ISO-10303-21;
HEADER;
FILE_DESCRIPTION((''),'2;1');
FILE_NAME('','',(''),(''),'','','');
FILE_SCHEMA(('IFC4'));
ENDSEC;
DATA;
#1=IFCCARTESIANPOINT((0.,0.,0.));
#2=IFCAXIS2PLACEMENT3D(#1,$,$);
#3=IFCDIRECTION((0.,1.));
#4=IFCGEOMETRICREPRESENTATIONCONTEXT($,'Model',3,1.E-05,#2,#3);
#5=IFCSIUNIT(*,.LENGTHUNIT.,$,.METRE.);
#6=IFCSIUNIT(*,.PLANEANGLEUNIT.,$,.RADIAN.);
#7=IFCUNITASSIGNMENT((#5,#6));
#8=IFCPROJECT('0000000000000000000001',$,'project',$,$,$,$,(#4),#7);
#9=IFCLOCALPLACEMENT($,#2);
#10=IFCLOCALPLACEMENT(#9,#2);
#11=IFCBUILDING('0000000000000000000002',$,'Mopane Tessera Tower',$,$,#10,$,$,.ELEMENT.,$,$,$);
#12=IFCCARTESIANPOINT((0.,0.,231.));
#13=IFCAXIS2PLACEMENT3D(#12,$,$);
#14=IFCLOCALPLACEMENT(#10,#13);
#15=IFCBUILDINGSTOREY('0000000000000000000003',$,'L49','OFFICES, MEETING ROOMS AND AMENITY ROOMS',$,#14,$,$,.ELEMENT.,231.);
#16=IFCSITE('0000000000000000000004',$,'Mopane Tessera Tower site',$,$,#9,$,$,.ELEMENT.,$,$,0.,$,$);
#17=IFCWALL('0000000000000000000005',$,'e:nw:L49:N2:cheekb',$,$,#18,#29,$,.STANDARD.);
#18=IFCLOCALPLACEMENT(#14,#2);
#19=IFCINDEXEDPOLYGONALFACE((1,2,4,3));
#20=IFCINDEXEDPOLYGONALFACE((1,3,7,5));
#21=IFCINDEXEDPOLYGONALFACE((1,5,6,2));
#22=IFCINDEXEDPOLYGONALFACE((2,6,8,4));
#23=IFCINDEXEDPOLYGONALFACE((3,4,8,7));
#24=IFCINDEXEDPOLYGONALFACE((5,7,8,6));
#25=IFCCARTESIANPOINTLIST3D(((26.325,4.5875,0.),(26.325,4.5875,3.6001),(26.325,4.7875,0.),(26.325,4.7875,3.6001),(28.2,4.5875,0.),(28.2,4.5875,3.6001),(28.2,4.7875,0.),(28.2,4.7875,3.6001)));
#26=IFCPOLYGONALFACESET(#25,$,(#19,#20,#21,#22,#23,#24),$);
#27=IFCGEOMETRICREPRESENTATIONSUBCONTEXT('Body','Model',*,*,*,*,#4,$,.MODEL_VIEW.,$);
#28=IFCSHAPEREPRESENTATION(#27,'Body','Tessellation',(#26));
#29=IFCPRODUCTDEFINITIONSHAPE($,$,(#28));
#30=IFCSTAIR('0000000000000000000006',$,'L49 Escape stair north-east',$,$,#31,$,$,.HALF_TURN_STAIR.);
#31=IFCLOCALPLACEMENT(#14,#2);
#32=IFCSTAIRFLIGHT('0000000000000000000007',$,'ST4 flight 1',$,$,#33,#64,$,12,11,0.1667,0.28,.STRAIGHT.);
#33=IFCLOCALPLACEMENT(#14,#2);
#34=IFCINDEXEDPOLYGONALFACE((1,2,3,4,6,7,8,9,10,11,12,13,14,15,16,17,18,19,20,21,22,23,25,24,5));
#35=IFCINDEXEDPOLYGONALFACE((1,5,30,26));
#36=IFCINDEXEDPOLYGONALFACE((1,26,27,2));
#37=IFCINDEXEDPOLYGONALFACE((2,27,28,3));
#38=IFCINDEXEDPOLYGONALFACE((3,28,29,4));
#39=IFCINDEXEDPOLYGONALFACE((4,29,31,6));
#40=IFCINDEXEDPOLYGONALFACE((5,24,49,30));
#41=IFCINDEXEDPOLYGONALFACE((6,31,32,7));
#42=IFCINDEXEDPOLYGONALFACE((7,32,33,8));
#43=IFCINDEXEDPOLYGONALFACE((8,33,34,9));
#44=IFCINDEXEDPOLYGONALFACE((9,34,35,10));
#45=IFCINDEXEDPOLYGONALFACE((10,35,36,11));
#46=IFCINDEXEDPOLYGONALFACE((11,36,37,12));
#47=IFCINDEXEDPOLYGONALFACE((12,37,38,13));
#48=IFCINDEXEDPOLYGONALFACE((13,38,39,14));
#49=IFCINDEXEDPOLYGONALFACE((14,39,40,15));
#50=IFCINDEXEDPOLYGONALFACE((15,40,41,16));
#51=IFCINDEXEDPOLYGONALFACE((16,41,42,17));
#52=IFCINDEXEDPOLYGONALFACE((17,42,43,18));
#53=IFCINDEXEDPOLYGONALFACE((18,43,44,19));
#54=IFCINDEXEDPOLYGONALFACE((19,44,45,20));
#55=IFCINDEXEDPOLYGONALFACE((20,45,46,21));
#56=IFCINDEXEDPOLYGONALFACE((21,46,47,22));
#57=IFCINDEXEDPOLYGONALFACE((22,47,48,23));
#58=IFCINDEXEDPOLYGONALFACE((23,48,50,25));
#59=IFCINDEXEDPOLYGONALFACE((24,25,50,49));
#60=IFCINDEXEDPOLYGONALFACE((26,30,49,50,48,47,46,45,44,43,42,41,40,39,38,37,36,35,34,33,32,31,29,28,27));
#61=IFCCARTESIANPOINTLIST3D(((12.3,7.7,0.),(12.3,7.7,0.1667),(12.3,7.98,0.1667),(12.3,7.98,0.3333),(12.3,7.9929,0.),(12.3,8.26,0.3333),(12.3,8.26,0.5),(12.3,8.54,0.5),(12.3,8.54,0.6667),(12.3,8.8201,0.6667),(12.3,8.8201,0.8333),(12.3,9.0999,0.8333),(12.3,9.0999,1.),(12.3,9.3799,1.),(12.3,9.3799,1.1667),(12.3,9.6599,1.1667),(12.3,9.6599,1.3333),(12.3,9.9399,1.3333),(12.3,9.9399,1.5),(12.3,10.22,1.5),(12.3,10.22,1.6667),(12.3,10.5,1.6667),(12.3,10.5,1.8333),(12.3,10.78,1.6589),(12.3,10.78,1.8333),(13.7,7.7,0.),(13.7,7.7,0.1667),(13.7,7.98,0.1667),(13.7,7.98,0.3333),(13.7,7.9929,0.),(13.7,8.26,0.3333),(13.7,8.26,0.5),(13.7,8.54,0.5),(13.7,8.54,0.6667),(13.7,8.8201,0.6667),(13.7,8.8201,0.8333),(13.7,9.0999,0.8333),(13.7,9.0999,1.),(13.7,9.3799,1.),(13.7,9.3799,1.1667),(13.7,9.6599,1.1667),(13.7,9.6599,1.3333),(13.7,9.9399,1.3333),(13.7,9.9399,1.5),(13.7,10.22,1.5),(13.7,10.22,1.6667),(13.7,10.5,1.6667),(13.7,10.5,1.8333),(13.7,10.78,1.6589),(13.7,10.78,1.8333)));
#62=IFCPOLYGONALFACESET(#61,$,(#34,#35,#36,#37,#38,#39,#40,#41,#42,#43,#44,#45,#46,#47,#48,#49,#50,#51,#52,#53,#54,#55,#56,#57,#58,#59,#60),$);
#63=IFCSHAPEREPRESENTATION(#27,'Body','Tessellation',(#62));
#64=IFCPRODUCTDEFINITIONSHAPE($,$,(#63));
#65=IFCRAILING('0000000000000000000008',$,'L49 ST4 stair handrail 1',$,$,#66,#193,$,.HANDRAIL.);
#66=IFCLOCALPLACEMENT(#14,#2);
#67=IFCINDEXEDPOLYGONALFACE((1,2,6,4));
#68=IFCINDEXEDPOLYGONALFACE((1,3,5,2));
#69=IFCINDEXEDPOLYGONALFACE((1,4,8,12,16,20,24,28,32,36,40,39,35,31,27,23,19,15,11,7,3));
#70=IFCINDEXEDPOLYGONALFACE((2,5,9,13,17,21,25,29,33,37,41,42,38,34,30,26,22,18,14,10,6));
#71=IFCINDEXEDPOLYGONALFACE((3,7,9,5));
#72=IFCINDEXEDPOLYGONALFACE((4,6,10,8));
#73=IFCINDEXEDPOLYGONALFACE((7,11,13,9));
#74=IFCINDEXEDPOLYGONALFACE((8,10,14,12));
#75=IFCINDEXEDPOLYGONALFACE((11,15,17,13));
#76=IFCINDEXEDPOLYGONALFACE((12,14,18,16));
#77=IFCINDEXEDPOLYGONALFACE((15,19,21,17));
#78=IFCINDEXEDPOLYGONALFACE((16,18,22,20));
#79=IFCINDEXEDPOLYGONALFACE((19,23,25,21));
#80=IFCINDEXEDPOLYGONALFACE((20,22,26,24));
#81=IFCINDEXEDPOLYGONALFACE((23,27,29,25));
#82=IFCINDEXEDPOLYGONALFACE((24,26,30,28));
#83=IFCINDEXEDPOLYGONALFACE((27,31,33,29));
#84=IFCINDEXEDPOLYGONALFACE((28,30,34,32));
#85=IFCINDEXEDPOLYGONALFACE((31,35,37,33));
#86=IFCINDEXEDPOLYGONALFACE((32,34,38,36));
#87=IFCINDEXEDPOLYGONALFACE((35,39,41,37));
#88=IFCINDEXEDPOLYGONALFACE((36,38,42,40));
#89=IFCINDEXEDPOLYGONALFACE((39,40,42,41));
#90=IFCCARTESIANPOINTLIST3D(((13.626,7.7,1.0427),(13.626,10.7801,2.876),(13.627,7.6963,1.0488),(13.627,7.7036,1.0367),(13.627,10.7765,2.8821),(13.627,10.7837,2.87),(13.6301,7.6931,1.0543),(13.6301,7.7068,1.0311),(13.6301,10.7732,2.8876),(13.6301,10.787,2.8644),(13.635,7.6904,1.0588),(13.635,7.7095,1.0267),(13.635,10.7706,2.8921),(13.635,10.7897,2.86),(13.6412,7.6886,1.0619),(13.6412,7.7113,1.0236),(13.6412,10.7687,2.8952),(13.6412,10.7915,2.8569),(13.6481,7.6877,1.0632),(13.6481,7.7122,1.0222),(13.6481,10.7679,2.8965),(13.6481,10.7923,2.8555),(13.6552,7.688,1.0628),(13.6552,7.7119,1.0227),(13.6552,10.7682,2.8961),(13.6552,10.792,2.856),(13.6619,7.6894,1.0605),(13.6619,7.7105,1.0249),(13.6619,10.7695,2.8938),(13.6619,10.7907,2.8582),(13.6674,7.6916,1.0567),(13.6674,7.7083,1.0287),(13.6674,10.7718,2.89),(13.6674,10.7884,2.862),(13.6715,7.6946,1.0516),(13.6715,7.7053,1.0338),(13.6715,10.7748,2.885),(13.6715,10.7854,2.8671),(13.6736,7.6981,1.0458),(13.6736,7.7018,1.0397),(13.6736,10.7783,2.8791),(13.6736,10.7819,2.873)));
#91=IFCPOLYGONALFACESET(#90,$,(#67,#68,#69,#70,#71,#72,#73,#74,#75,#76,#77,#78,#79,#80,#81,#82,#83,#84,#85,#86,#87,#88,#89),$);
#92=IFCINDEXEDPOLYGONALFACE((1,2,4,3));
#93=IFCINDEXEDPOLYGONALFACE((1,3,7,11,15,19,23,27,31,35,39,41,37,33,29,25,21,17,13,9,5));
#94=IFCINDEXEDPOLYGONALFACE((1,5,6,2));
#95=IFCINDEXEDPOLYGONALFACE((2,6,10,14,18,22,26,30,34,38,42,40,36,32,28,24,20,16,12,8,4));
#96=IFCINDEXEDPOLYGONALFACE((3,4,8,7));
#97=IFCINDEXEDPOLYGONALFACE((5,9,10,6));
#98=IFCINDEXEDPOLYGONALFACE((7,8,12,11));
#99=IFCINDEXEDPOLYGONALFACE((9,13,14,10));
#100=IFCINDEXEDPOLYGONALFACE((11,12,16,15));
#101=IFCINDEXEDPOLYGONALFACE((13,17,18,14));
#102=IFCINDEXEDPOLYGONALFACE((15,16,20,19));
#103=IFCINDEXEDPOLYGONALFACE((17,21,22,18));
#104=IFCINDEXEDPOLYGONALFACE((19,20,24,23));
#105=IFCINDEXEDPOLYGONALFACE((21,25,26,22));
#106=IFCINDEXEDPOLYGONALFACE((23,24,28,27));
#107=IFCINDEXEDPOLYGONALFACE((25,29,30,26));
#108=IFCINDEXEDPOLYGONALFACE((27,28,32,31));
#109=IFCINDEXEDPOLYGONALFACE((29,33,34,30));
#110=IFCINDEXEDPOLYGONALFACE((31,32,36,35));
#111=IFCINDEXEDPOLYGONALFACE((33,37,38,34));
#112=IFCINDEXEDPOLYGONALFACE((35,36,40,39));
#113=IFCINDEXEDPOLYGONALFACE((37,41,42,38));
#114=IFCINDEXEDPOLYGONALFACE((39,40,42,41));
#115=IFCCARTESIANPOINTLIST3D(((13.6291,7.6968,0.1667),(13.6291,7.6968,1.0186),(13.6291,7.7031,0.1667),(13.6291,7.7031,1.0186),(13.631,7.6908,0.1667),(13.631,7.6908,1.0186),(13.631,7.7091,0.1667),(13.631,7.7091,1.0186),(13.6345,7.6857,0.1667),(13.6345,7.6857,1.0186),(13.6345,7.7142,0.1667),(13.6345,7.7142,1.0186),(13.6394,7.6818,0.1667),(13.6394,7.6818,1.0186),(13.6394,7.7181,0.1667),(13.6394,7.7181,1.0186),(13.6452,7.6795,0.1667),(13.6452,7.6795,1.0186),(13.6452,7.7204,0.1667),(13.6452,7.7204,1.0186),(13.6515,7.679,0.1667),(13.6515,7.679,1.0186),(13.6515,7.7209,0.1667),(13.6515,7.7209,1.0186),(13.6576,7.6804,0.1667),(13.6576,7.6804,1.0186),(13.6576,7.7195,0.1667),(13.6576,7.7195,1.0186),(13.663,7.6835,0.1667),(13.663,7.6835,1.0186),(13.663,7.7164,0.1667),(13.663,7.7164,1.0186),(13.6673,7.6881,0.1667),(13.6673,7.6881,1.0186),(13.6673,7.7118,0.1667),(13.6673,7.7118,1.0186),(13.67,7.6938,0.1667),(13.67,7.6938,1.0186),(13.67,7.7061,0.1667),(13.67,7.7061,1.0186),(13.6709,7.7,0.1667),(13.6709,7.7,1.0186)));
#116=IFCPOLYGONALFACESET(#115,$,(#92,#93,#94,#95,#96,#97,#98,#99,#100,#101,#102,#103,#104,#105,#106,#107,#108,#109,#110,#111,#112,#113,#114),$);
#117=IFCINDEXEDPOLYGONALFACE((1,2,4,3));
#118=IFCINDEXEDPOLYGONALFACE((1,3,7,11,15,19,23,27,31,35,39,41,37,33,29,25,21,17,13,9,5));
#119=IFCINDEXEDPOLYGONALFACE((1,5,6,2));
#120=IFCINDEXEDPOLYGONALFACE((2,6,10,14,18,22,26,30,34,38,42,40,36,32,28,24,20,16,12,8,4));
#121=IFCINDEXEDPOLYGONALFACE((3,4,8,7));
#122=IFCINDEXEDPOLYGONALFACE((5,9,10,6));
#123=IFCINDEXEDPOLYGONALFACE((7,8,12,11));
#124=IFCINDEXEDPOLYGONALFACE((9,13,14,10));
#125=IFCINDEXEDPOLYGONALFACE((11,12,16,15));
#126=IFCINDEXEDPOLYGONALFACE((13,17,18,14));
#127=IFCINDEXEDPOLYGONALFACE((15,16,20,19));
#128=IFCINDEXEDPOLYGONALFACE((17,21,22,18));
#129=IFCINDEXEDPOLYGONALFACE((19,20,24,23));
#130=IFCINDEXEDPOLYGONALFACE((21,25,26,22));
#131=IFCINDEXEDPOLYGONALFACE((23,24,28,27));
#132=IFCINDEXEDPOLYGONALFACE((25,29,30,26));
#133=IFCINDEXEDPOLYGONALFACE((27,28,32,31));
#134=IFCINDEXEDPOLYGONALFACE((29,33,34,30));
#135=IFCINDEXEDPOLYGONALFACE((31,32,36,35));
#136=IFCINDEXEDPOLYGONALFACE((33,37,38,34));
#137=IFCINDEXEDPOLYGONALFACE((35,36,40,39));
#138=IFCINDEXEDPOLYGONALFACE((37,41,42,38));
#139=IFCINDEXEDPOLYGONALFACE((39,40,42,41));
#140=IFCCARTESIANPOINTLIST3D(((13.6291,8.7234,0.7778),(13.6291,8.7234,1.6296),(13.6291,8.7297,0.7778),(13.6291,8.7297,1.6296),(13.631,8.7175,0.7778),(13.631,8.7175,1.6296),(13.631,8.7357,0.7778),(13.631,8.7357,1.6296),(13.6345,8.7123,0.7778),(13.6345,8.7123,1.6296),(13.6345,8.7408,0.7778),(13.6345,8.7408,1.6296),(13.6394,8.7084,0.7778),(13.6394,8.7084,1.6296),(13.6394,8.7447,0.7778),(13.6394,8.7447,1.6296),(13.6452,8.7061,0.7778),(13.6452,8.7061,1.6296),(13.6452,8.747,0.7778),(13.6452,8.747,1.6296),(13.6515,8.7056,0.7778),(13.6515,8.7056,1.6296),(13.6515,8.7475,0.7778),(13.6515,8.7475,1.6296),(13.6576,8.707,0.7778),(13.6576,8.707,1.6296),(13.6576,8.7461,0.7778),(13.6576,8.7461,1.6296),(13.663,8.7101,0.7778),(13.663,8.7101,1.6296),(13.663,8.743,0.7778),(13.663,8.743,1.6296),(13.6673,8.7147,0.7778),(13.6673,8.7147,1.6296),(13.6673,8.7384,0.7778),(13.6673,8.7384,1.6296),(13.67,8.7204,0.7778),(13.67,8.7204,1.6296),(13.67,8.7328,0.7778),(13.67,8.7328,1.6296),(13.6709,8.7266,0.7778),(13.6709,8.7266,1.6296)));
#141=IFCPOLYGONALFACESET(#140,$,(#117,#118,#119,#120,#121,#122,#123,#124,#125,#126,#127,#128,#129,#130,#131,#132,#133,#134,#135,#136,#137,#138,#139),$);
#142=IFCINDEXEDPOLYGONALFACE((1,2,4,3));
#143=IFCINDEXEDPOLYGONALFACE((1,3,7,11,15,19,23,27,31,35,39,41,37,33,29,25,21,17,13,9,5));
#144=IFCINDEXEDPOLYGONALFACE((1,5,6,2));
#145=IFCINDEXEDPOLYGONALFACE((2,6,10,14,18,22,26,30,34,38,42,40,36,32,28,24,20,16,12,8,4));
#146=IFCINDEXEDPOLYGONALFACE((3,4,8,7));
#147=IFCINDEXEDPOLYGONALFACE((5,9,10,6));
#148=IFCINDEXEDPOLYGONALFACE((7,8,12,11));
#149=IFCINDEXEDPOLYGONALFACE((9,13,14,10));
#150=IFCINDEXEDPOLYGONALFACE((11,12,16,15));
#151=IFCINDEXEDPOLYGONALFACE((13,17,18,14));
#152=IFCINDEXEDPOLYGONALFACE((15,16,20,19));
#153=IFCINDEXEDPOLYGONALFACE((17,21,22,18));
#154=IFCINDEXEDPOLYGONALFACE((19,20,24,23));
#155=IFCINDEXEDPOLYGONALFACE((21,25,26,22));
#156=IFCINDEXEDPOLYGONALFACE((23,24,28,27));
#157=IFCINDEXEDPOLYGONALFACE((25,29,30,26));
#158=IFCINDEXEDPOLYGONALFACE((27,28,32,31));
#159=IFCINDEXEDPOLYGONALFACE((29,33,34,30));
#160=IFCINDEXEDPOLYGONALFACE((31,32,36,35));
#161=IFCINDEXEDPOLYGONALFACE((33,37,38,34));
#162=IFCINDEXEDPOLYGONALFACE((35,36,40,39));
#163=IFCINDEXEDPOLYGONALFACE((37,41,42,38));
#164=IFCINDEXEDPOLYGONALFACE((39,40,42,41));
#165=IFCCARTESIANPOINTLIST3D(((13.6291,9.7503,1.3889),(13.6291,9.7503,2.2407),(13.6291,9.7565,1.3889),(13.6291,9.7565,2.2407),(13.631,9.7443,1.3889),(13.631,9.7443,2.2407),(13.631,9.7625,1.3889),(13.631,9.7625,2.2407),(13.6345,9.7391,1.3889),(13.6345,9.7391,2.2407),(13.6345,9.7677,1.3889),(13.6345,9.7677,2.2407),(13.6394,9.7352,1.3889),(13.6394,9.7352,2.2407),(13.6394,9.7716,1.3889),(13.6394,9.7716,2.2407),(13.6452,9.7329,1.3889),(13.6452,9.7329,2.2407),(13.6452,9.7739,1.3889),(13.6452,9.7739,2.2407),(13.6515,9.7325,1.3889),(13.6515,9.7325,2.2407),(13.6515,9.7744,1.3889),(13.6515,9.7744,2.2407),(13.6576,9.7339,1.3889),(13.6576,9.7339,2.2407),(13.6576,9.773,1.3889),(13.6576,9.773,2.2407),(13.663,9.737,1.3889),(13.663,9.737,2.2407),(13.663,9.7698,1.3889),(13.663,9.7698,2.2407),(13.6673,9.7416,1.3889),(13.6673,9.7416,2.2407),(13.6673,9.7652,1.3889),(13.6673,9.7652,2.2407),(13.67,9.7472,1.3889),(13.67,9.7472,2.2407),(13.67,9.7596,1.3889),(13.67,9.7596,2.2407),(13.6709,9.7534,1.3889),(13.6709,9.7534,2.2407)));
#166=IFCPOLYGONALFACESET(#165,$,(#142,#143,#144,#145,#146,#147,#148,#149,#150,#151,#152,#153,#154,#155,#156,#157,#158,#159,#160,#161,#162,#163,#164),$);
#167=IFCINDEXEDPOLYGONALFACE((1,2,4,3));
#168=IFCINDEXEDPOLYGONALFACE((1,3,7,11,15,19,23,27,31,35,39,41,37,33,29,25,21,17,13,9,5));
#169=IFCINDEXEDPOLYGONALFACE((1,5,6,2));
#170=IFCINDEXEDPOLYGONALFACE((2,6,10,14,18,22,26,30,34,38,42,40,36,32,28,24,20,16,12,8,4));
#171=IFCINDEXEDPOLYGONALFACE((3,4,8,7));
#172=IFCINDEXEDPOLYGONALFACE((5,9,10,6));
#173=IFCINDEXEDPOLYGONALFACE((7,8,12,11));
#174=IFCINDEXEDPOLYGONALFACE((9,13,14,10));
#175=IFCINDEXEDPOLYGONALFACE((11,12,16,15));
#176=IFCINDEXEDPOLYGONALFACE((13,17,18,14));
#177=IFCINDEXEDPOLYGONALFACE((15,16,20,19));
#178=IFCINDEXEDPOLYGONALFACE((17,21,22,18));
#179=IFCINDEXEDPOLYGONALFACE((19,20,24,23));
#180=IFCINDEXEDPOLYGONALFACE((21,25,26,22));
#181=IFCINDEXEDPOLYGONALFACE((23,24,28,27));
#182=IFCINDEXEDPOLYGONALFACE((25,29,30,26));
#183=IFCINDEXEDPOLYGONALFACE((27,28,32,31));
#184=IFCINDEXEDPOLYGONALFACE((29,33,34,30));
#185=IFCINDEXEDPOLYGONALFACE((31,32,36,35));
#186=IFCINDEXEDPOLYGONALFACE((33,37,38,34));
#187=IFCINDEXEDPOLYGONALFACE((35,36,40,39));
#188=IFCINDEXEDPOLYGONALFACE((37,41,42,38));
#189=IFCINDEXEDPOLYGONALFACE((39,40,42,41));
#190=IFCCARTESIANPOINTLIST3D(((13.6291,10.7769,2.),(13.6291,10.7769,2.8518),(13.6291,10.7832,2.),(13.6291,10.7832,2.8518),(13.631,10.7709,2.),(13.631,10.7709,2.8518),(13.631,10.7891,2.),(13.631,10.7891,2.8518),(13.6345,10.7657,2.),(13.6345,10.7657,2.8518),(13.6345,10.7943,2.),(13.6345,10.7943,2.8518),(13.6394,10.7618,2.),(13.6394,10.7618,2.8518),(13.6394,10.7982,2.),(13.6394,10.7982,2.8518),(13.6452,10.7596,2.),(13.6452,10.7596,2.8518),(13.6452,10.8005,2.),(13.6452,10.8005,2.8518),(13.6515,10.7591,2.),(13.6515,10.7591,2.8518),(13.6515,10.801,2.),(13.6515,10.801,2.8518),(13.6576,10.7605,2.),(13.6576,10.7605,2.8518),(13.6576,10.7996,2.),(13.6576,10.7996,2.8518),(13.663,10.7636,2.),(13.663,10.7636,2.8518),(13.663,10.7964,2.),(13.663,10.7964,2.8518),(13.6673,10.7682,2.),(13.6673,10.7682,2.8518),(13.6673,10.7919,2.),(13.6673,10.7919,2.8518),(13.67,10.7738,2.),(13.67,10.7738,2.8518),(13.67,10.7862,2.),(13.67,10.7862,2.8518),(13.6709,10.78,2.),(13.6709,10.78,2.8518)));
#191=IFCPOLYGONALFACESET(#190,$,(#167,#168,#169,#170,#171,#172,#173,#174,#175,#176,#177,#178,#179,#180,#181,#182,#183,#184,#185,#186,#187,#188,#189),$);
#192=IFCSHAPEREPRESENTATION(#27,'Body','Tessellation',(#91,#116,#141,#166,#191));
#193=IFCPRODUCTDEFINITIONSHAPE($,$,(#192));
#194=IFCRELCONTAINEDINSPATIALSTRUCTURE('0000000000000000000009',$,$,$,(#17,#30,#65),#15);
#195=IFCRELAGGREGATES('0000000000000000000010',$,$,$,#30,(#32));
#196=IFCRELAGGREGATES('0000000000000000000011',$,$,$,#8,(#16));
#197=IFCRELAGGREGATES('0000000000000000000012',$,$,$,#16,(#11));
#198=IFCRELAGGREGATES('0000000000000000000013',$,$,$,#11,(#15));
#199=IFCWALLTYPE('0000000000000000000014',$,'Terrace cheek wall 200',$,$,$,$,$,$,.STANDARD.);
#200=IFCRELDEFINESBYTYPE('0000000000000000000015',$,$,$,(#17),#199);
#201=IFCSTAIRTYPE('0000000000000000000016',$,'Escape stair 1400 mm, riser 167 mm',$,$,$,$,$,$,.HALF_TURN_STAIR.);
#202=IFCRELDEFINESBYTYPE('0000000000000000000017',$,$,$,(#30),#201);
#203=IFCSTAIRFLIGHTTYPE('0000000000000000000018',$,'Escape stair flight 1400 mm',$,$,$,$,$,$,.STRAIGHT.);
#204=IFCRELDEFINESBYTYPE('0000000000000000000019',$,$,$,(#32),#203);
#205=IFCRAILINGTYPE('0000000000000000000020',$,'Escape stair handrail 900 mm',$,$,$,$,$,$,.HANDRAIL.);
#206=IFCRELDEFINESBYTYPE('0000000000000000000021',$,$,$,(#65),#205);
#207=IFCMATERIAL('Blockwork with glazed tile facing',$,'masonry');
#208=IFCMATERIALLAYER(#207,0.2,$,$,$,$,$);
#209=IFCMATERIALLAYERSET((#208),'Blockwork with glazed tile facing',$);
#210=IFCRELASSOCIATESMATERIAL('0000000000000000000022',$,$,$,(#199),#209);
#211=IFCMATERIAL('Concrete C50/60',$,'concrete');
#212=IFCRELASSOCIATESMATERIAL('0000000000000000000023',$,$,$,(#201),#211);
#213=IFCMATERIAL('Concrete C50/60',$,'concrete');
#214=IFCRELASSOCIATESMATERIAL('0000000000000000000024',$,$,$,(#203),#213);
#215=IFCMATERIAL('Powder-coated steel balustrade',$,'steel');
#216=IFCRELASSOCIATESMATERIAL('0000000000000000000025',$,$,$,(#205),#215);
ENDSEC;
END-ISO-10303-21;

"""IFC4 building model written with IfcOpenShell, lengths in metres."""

from ifc_helpers import new_model, si_unit, direction, frame, frame_2d, origin, origin_2d, place, context, subcontext, project, spatial, polyline, rectangle, circle, outline, extrude, material, layer, layer_set, type_object, element, aggregate, save


model = new_model("IFC4")

# Units and contexts
model_context = context("Model", 3, precision=1e-05, world=origin(), true_north=direction((0.0, 1.0)))
body_context = subcontext(model_context, "Body", "Model", "MODEL_VIEW")
ifc_project = project(units=[si_unit("LENGTHUNIT", "METRE"), si_unit("PLANEANGLEUNIT", "RADIAN")], contexts=[model_context])

# Site, building, storey
site_placement = place(None, origin())
site = spatial("IfcSite", under=ifc_project, at=site_placement, Name="Mopane Tessera Tower site", CompositionType="ELEMENT", RefElevation=0.0)
building_placement = place(site_placement, origin())
building = spatial("IfcBuilding", under=site, at=building_placement, Name="Mopane Tessera Tower", CompositionType="ELEMENT")
storey_placement = place(building_placement, frame((0.0, 0.0, 231.0)))
storey = spatial("IfcBuildingStorey", under=building, at=storey_placement, Name="L49", Description="OFFICES, MEETING ROOMS AND AMENITY ROOMS", CompositionType="ELEMENT", Elevation=231.0)

# Wall
ifc_material_1 = material(Name="Blockwork with glazed tile facing", Category="masonry")
ifc_layer_1 = layer(ifc_material_1, 0.2)
ifc_layer_set_1 = layer_set([ifc_layer_1], Name="Blockwork with glazed tile facing")
wall_type_1 = type_object("IfcWallType", Name="Terrace cheek wall 200", PredefinedType="STANDARD", material=ifc_layer_set_1)
wall_1_placement = place(storey_placement, frame((28.2, 4.6875, 0.0), z_axis=(0.0, 0.0, 1.0), x_axis=(-1.0, 0.0, 0.0)))
element("IfcWall", 1, at=wall_1_placement, inside=storey, type_object=wall_type_1, Name="e:nw:L49:N2:cheekb", PredefinedType="STANDARD", context=body_context, shape_type="SweptSolid", body=[
    extrude(rectangle(XDim=1.875, YDim=0.2, at=frame_2d((0.9375, 0.0))), origin(), (0.0, 0.0, 1.0), 3.6001),
])

# Stair, stair flight
ifc_material_2 = material(Name="Concrete C50/60", Category="concrete")
stair_type = type_object("IfcStairType", Name="Escape stair 1400 mm, riser 167 mm", PredefinedType="HALF_TURN_STAIR", material=ifc_material_2)
stair_placement = place(storey_placement, origin())
stair = element("IfcStair", 2, at=stair_placement, inside=storey, type_object=stair_type, Name="L49 Escape stair north-east", PredefinedType="HALF_TURN_STAIR")
ifc_material_3 = material(Name="Concrete C50/60", Category="concrete")
stair_flight_type = type_object("IfcStairFlightType", Name="Escape stair flight 1400 mm", PredefinedType="STRAIGHT", material=ifc_material_3)
stair_flight_placement = place(storey_placement, frame((13.0, 7.7, 0.0), z_axis=(0.0, 0.0, 1.0), x_axis=(0.0, 1.0, 0.0)))
stair_flight = element("IfcStairFlight", 3, at=stair_flight_placement, type_object=stair_flight_type, Name="ST4 flight 1", NumberOfRisers=12, NumberOfTreads=11, PredefinedType="STRAIGHT", RiserHeight=0.1667, TreadLength=0.28, context=body_context, shape_type="SweptSolid", body=[
    extrude(outline(polyline([(0.0, 0.0), (0.0, 0.1667), (0.28, 0.1667), (0.28, 0.3333), (0.5601, 0.3333), (0.5601, 0.5), (0.8401, 0.5), (0.8401, 0.6667), (1.1201, 0.6667), (1.1201, 0.8333), (1.3999, 0.8333), (1.3999, 1.0), (1.6799, 1.0), (1.6799, 1.1667), (1.96, 1.1667), (1.96, 1.3333), (2.24, 1.3333), (2.24, 1.5), (2.52, 1.5), (2.52, 1.6667), (2.8, 1.6667), (2.8, 1.8333), (3.0801, 1.8333), (3.0801, 2.0), (3.0801, 1.6589), (0.293, 0.0), (0.0, 0.0)])), frame((0.0, 0.7, 0.0), z_axis=(0.0, -1.0, 0.0), x_axis=(1.0, 0.0, 0.0)), (0.0, 0.0, 1.0), 1.3999),
])
aggregate(stair, [stair_flight])

# Railing
ifc_material_4 = material(Name="Powder-coated steel balustrade", Category="steel")
railing_type_1 = type_object("IfcRailingType", Name="Escape stair handrail 900 mm", PredefinedType="HANDRAIL", material=ifc_material_4)
railing_1_placement = place(storey_placement, frame((13.6499, 7.7, 0.1667)))
element("IfcRailing", 4, at=railing_1_placement, inside=storey, type_object=railing_type_1, Name="L49 ST4 stair handrail 1", PredefinedType="HANDRAIL", context=body_context, shape_type="SweptSolid", body=[
    extrude(circle(Radius=0.0239, at=origin_2d()), frame((0.0, 0.0, 0.876), z_axis=(0.0, 0.859309, 0.511458), x_axis=(-1.0, 0.0, 0.0)), (0.0, 0.0, 1.0), 3.5845),
    extrude(circle(Radius=0.021, at=origin_2d()), origin(), (0.0, 0.0, 1.0), 0.8518),
    extrude(circle(Radius=0.021, at=origin_2d()), frame((0.0, 1.0266, 0.6111)), (0.0, 0.0, 1.0), 0.8518),
    extrude(circle(Radius=0.021, at=origin_2d()), frame((0.0, 2.0535, 1.2222)), (0.0, 0.0, 1.0), 0.8518),
    extrude(circle(Radius=0.021, at=origin_2d()), frame((0.0, 3.0801, 1.8333)), (0.0, 0.0, 1.0), 0.8518),
])

save(model, "model.ifc")
